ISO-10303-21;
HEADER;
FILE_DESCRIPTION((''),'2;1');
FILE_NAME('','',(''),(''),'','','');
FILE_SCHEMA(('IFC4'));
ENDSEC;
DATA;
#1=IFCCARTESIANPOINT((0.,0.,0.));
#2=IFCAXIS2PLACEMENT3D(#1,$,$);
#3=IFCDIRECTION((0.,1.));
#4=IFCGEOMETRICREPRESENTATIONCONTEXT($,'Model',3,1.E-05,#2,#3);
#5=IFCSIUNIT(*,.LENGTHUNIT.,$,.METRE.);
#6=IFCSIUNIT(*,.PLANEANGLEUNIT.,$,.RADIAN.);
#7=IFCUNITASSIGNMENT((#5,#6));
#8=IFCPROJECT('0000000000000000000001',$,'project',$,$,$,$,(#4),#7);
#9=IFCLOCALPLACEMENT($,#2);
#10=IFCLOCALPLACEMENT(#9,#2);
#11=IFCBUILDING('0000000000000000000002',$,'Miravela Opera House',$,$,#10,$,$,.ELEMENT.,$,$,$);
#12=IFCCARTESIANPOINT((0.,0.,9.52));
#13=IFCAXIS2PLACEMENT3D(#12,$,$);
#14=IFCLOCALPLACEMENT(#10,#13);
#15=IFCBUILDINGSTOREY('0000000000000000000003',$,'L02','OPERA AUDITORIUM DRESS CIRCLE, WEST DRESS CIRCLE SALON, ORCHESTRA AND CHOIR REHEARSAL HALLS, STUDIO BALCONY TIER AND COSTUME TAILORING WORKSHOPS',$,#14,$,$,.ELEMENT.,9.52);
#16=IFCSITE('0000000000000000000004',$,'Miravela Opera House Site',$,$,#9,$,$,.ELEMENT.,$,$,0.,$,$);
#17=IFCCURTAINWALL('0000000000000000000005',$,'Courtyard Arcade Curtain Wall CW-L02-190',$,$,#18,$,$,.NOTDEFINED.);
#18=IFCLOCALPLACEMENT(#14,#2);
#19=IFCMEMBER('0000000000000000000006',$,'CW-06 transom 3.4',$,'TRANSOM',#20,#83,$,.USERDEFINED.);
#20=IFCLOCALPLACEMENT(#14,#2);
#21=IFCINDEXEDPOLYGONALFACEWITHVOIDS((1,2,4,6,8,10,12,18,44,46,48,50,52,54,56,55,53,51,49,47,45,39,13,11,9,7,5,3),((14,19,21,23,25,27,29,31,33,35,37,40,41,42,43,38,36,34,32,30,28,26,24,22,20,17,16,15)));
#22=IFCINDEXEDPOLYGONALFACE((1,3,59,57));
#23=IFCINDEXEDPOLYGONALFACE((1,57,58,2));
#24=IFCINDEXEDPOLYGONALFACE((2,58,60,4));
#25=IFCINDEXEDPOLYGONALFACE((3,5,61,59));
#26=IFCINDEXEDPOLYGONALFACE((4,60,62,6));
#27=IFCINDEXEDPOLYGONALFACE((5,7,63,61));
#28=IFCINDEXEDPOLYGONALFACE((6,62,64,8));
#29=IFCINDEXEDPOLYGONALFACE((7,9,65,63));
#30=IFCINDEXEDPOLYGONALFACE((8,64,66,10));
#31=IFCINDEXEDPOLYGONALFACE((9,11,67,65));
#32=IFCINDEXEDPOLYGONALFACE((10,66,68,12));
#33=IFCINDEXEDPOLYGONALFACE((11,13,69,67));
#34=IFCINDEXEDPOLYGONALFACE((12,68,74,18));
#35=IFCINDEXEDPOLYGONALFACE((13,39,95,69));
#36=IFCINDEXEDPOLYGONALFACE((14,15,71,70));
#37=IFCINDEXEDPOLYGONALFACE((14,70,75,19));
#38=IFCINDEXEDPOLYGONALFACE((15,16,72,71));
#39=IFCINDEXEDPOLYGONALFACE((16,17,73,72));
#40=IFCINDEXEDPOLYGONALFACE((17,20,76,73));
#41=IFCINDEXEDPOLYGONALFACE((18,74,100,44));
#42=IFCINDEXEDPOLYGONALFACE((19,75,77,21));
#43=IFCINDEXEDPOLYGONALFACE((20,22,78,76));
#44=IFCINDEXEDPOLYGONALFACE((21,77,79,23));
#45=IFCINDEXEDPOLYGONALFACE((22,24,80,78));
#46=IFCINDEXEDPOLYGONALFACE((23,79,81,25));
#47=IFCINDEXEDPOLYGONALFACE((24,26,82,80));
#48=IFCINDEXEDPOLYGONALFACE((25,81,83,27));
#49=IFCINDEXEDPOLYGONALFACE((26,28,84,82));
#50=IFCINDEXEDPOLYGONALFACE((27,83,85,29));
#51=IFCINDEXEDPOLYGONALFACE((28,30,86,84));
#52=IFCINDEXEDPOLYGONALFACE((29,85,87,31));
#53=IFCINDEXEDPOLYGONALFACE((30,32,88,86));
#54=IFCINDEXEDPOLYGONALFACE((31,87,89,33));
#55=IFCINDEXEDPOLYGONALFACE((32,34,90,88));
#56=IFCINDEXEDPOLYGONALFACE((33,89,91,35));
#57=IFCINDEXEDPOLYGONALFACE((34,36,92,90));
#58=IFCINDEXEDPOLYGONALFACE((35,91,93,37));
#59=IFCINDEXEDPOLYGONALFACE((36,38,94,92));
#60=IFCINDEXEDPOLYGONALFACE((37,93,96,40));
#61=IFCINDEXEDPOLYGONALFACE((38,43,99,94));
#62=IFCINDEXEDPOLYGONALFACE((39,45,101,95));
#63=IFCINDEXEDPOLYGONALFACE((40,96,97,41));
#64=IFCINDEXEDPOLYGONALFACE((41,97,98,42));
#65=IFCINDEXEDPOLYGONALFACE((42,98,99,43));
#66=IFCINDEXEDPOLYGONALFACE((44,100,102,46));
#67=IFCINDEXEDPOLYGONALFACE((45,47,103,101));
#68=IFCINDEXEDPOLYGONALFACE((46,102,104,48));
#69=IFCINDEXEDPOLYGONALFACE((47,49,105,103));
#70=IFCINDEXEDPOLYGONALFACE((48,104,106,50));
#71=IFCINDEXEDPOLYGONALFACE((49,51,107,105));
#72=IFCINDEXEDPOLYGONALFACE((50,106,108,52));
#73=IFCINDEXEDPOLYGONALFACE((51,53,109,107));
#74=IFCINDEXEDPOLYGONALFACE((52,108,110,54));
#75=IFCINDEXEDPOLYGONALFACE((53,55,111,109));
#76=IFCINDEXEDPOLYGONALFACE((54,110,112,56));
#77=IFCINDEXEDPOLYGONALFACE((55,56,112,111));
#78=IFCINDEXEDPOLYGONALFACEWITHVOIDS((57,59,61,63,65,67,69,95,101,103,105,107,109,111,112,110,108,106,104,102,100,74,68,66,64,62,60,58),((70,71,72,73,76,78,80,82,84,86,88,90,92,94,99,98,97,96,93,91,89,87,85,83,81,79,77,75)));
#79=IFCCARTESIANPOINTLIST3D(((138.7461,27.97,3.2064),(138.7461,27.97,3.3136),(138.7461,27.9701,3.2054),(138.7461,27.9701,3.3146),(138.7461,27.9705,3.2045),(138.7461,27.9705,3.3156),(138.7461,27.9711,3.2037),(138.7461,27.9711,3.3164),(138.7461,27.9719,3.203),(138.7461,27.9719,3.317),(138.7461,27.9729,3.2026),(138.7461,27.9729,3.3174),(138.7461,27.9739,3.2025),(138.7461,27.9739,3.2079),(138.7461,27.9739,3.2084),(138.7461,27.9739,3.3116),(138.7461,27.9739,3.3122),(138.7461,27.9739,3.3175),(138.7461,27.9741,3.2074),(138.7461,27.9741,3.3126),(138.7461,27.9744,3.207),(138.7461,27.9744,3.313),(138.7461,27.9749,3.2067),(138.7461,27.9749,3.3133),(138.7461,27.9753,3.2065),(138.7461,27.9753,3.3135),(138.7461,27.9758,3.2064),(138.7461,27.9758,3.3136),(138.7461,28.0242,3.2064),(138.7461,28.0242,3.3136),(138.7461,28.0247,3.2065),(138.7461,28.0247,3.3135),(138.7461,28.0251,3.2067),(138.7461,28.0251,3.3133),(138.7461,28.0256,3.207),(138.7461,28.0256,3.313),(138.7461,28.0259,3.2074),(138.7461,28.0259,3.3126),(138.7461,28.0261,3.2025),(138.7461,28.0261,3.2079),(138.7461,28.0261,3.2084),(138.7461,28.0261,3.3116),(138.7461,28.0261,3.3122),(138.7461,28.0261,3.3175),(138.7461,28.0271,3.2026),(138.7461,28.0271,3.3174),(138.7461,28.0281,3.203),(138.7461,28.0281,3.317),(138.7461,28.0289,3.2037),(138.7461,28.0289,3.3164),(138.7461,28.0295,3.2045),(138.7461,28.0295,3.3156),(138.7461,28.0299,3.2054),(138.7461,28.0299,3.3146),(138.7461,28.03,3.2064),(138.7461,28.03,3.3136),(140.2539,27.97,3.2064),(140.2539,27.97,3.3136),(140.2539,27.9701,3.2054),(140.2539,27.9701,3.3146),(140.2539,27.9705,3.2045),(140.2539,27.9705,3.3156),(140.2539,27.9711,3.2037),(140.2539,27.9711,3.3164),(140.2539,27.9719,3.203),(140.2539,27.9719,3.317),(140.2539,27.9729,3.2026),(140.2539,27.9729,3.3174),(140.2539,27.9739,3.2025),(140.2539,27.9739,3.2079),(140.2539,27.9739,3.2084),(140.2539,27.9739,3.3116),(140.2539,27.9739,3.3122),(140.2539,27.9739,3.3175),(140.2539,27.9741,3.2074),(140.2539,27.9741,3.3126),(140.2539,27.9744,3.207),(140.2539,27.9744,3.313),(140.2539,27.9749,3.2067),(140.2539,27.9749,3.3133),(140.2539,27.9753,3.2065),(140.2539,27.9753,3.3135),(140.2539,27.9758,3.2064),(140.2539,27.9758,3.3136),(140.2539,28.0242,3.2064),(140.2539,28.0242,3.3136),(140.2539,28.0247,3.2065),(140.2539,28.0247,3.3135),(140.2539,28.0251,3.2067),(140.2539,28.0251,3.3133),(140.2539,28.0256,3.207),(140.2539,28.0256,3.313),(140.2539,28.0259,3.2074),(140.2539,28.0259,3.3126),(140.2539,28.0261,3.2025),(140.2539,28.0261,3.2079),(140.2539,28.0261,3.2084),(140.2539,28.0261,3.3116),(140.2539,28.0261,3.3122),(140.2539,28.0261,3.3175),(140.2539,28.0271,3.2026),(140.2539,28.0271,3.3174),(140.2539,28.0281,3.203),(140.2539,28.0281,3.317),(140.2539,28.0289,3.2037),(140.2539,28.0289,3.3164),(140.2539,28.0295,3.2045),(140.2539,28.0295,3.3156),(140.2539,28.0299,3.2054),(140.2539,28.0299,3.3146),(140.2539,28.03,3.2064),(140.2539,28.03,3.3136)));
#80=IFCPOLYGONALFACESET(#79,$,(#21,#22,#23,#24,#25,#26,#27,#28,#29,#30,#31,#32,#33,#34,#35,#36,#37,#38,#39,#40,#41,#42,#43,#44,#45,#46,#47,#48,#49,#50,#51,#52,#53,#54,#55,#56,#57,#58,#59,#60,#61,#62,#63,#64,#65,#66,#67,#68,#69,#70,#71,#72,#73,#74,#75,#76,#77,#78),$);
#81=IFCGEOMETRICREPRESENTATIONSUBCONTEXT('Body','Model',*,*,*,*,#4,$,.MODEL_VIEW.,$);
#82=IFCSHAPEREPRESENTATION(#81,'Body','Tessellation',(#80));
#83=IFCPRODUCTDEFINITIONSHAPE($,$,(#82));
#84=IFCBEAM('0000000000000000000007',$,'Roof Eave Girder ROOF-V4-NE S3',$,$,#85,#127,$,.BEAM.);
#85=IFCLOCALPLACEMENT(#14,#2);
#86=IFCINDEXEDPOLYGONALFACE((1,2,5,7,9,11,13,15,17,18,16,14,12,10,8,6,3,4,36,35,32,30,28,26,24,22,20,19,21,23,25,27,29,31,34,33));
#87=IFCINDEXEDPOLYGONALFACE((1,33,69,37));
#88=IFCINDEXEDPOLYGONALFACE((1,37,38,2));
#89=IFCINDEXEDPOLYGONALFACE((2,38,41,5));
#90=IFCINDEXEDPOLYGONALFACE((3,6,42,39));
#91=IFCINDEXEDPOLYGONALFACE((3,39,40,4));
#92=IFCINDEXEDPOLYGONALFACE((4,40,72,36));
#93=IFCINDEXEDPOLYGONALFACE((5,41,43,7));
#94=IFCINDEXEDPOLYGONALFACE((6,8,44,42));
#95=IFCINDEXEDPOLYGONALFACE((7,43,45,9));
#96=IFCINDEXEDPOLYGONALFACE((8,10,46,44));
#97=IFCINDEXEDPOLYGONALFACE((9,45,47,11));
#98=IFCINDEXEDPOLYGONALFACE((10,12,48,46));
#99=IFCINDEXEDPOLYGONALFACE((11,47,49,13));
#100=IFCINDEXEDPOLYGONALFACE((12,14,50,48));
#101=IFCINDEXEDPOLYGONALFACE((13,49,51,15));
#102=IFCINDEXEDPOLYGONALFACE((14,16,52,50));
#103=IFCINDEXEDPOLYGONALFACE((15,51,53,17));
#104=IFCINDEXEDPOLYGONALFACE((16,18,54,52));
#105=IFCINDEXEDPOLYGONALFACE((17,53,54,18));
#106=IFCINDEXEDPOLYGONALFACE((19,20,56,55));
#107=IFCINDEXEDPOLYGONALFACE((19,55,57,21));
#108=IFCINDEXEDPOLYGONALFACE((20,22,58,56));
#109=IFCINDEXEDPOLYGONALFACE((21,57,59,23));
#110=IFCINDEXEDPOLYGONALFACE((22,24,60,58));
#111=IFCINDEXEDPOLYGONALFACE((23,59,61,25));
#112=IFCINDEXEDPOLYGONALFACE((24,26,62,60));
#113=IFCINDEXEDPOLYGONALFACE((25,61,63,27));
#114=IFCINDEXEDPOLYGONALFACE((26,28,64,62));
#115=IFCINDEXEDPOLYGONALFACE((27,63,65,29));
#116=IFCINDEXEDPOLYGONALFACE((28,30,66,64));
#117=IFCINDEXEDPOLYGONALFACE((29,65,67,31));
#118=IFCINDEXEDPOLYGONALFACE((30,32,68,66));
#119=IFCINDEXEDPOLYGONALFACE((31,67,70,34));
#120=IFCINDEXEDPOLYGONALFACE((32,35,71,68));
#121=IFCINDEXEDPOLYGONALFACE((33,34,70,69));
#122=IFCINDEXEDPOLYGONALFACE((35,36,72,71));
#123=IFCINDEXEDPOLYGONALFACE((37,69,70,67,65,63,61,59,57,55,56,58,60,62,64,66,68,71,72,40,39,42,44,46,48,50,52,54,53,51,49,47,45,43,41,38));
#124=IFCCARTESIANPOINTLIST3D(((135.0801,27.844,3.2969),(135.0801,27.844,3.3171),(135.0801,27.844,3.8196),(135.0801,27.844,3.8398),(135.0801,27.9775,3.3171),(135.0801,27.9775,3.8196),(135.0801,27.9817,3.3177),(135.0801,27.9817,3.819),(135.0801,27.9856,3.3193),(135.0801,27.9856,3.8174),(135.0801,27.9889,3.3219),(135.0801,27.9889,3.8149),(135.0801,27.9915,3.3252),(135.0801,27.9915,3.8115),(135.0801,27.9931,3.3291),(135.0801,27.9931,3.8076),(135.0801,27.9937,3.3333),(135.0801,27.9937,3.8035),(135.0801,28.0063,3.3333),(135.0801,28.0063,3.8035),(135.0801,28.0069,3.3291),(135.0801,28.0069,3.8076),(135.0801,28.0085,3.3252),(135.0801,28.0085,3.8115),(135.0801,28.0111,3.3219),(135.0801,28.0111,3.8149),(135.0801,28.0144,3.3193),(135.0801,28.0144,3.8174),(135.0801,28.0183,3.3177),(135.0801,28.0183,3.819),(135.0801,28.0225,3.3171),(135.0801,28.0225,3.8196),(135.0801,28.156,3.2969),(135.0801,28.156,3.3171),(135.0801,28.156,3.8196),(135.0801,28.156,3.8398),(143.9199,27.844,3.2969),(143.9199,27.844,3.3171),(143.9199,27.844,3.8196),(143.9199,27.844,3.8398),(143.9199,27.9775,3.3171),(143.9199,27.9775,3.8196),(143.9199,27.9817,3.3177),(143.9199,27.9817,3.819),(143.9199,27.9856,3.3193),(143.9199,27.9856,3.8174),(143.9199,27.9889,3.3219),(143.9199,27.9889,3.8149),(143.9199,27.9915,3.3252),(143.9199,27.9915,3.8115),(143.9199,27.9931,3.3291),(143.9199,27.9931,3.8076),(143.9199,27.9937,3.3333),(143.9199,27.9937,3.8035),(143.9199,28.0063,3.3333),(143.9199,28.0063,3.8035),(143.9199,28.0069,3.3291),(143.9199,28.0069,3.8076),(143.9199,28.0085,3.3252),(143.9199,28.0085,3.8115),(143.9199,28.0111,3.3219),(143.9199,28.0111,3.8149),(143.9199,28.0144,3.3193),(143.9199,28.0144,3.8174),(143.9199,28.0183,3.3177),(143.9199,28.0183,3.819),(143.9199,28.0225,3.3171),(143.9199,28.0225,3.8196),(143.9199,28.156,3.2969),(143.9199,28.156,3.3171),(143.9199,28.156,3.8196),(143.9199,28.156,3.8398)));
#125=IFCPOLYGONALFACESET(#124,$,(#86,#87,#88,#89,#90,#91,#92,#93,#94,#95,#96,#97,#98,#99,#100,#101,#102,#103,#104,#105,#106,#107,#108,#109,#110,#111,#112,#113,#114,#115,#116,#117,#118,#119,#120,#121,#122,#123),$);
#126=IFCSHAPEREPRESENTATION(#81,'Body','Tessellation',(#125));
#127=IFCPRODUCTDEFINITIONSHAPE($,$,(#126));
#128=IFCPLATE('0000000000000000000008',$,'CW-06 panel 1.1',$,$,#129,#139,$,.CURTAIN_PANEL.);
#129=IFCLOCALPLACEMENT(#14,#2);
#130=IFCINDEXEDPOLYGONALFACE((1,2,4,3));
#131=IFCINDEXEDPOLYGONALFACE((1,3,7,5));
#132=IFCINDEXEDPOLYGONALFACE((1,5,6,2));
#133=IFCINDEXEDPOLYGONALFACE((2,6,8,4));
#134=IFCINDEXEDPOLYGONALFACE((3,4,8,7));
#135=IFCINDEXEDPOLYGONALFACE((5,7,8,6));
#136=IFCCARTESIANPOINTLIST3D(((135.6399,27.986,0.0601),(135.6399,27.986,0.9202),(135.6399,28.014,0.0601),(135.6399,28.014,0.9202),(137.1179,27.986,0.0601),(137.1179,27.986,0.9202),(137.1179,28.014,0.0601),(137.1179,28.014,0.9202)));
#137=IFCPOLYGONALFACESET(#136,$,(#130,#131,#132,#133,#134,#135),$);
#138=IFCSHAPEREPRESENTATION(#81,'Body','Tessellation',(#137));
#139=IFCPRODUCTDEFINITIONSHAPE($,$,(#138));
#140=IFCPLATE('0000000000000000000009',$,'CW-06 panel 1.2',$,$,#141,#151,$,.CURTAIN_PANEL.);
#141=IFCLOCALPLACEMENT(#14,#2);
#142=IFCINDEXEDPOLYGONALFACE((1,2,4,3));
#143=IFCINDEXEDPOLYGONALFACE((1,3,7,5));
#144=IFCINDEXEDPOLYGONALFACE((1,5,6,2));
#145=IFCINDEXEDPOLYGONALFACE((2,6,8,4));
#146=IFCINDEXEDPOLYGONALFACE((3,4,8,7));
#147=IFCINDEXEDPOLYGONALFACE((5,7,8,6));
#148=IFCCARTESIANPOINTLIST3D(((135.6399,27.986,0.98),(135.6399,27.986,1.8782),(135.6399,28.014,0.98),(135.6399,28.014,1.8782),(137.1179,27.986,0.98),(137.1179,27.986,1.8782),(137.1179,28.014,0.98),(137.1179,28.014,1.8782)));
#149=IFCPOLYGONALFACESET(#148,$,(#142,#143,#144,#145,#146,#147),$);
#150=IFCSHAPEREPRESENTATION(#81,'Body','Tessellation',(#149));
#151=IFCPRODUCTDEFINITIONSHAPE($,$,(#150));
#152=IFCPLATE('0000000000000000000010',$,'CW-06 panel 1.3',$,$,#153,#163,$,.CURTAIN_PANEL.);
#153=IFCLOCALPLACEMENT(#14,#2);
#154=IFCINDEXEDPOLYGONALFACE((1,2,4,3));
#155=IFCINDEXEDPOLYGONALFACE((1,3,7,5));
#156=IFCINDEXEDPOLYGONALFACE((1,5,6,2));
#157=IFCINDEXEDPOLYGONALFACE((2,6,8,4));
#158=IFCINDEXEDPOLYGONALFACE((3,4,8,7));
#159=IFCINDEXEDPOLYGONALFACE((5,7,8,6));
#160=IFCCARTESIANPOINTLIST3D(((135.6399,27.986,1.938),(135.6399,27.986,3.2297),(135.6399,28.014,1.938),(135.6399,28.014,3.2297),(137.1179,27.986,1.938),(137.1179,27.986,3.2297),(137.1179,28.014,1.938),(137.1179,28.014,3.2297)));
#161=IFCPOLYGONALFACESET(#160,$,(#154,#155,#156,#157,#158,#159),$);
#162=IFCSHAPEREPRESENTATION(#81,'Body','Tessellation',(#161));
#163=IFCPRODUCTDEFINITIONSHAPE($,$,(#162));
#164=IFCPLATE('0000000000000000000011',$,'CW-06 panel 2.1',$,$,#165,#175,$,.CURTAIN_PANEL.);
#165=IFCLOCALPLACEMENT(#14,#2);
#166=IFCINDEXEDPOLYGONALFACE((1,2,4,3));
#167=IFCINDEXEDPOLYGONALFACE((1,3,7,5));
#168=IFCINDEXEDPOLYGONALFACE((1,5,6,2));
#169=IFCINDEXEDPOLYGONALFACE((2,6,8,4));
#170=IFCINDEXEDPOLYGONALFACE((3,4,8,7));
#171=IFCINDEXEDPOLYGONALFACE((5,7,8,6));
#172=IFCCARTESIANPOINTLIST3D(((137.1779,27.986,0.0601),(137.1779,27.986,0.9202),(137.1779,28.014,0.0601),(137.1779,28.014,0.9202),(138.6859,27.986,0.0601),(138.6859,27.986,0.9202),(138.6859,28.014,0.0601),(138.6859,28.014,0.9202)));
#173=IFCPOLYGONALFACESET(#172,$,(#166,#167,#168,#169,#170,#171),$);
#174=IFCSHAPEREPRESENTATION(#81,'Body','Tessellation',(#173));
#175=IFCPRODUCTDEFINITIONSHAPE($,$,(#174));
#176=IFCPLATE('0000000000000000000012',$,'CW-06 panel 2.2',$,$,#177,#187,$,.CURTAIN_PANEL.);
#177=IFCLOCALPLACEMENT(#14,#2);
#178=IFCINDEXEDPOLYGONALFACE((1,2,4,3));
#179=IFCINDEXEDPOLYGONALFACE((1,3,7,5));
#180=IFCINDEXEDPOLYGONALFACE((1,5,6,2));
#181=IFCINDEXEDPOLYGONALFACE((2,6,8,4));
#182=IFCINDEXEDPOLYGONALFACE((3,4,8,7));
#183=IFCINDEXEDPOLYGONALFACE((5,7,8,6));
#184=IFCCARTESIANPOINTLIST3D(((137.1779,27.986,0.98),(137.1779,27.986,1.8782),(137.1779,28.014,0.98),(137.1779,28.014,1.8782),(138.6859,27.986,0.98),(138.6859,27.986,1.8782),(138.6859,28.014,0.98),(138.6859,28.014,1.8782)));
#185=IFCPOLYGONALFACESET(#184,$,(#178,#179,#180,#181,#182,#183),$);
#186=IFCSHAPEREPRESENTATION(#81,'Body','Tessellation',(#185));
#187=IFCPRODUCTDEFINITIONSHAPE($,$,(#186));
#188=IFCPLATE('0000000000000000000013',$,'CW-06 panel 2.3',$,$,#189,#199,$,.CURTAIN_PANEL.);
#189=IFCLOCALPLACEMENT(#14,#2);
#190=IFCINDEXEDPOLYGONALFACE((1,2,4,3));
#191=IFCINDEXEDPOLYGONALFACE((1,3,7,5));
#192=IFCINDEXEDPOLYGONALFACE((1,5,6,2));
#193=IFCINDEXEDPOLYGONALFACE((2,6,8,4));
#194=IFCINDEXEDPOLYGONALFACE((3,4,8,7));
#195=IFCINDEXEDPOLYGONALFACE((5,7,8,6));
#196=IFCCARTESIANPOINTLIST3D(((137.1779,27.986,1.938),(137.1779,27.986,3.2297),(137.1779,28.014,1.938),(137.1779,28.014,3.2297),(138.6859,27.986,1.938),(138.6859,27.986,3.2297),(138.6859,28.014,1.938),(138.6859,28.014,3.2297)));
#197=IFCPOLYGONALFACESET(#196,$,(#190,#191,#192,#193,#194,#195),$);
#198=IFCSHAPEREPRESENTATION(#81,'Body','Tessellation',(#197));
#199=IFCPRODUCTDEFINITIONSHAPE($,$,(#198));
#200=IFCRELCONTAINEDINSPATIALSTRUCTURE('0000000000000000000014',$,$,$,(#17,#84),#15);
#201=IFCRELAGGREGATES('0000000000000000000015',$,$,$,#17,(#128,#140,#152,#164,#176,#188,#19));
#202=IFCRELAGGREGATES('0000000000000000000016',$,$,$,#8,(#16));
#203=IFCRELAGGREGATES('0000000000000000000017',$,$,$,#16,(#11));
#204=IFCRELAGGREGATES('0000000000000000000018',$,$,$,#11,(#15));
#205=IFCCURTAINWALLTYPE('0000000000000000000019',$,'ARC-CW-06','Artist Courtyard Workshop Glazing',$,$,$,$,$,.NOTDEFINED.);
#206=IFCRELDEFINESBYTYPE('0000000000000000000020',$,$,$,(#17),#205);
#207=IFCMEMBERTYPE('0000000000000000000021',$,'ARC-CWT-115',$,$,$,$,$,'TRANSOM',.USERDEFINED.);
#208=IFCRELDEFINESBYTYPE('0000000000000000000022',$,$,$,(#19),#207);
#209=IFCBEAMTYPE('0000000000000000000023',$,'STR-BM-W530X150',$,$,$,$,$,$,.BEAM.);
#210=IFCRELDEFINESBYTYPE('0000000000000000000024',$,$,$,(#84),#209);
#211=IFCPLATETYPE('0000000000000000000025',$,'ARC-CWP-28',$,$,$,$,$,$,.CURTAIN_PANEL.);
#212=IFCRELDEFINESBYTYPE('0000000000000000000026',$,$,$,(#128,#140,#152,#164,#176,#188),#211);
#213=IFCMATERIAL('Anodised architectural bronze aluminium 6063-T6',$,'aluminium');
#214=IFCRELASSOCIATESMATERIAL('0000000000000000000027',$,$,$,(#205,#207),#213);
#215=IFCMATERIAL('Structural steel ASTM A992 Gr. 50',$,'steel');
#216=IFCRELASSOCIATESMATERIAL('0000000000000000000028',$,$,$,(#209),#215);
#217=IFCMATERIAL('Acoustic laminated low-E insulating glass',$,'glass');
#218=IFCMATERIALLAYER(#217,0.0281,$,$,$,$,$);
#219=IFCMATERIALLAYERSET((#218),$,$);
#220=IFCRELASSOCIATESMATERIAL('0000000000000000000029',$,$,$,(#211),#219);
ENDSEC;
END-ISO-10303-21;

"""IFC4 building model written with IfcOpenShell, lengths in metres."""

from ifc_helpers import new_model, si_unit, direction, frame, origin, origin_2d, place, context, subcontext, project, spatial, rectangle, hollow_rectangle, i_section, extrude, material, layer, layer_set, material_profile, profile_set, type_object, element, aggregate, save


model = new_model("IFC4")

# Units and contexts
model_context = context("Model", 3, precision=1e-05, world=origin(), true_north=direction((0.0, 1.0)))
body_context = subcontext(model_context, "Body", "Model", "MODEL_VIEW")
ifc_project = project(units=[si_unit("LENGTHUNIT", "METRE"), si_unit("PLANEANGLEUNIT", "RADIAN")], contexts=[model_context])

# Site, building, storey
site_placement = place(None, origin())
site = spatial("IfcSite", under=ifc_project, at=site_placement, Name="Miravela Opera House Site", CompositionType="ELEMENT", RefElevation=0.0)
building_placement = place(site_placement, origin())
building = spatial("IfcBuilding", under=site, at=building_placement, Name="Miravela Opera House", CompositionType="ELEMENT")
storey_placement = place(building_placement, frame((0.0, 0.0, 9.52)))
storey = spatial("IfcBuildingStorey", under=building, at=storey_placement, Name="L02", Description="OPERA AUDITORIUM DRESS CIRCLE, WEST DRESS CIRCLE SALON, ORCHESTRA AND CHOIR REHEARSAL HALLS, STUDIO BALCONY TIER AND COSTUME TAILORING WORKSHOPS", CompositionType="ELEMENT", Elevation=9.52)

# Curtain wall, member
ifc_material_1 = material(Name="Anodised architectural bronze aluminium 6063-T6", Category="aluminium")
curtain_wall_type = type_object("IfcCurtainWallType", Name="ARC-CW-06", Description="Artist Courtyard Workshop Glazing", PredefinedType="NOTDEFINED", material=ifc_material_1)
curtain_wall_placement = place(storey_placement, origin())
curtain_wall = element("IfcCurtainWall", 1, at=curtain_wall_placement, inside=storey, type_object=curtain_wall_type, Name="Courtyard Arcade Curtain Wall CW-L02-190", PredefinedType="NOTDEFINED")
ifc_material_profile_1 = material_profile(ifc_material_1, hollow_rectangle(XDim=0.0601, YDim=0.115, WallThickness=0.0039, InnerFilletRadius=0.002, OuterFilletRadius=0.0039, at=origin_2d()), Name="CWT-60X115")
ifc_profile_set_1 = profile_set([ifc_material_profile_1])
member_type_1 = type_object("IfcMemberType", Name="ARC-CWT-115", ElementType="TRANSOM", PredefinedType="USERDEFINED", material=ifc_profile_set_1)
member_1_placement = place(storey_placement, frame((138.7461, 28.0, 3.26), z_axis=(1.0, 0.0, 0.0), x_axis=(0.0, 1.0, 0.0)))
member_1 = element("IfcMember", 2, at=member_1_placement, type_object=member_type_1, Name="CW-06 transom 3.4", ObjectType="TRANSOM", PredefinedType="USERDEFINED", context=body_context, shape_type="SweptSolid", body=[
    extrude(hollow_rectangle(XDim=0.0601, YDim=0.115, WallThickness=0.0039, InnerFilletRadius=0.002, OuterFilletRadius=0.0039, at=origin_2d()), origin(), (0.0, 0.0, 1.0), 1.5078),
])

# Beam
ifc_material_2 = material(Name="Structural steel ASTM A992 Gr. 50", Category="steel")
ifc_material_profile_2 = material_profile(ifc_material_2, i_section(OverallWidth=0.312, OverallDepth=0.543, WebThickness=0.0127, FlangeThickness=0.0203, FilletRadius=0.0161, at=origin_2d()), Name="W530X150")
ifc_profile_set_2 = profile_set([ifc_material_profile_2])
beam_type = type_object("IfcBeamType", Name="STR-BM-W530X150", PredefinedType="BEAM", material=ifc_profile_set_2)
beam_placement = place(storey_placement, frame((135.0801, 28.0, 3.5684), z_axis=(1.0, 0.0, 0.0), x_axis=(0.0, 1.0, 0.0)))
element("IfcBeam", 3, at=beam_placement, inside=storey, type_object=beam_type, Name="Roof Eave Girder ROOF-V4-NE S3", PredefinedType="BEAM", context=body_context, shape_type="SweptSolid", body=[
    extrude(i_section(OverallWidth=0.312, OverallDepth=0.543, WebThickness=0.0127, FlangeThickness=0.0203, FilletRadius=0.0161, at=origin_2d()), origin(), (0.0, 0.0, 1.0), 8.8398),
])

# Plates
ifc_material_3 = material(Name="Acoustic laminated low-E insulating glass", Category="glass")
ifc_layer = layer(ifc_material_3, 0.0281)
ifc_layer_set = layer_set([ifc_layer])
plate_type = type_object("IfcPlateType", Name="ARC-CWP-28", PredefinedType="CURTAIN_PANEL", material=ifc_layer_set)
plate_1_placement = place(storey_placement, frame((136.3789, 28.0, 0.0601), z_axis=(0.0, 0.0, 1.0), x_axis=(1.0, 0.0, 0.0)))
plate_1 = element("IfcPlate", 4, at=plate_1_placement, type_object=plate_type, Name="CW-06 panel 1.1", PredefinedType="CURTAIN_PANEL", context=body_context, shape_type="SweptSolid", body=[
    extrude(rectangle(XDim=1.478, YDim=0.0281, at=origin_2d()), origin(), (0.0, 0.0, 1.0), 0.8601),
])
plate_2_placement = place(storey_placement, frame((136.3789, 28.0, 0.98), z_axis=(0.0, 0.0, 1.0), x_axis=(1.0, 0.0, 0.0)))
plate_2 = element("IfcPlate", 5, at=plate_2_placement, type_object=plate_type, Name="CW-06 panel 1.2", PredefinedType="CURTAIN_PANEL", context=body_context, shape_type="SweptSolid", body=[
    extrude(rectangle(XDim=1.478, YDim=0.0281, at=origin_2d()), origin(), (0.0, 0.0, 1.0), 0.8982),
])
plate_3_placement = place(storey_placement, frame((136.3789, 28.0, 1.938), z_axis=(0.0, 0.0, 1.0), x_axis=(1.0, 0.0, 0.0)))
plate_3 = element("IfcPlate", 6, at=plate_3_placement, type_object=plate_type, Name="CW-06 panel 1.3", PredefinedType="CURTAIN_PANEL", context=body_context, shape_type="SweptSolid", body=[
    extrude(rectangle(XDim=1.478, YDim=0.0281, at=origin_2d()), origin(), (0.0, 0.0, 1.0), 1.2917),
])
plate_4_placement = place(storey_placement, frame((137.9319, 28.0, 0.0601), z_axis=(0.0, 0.0, 1.0), x_axis=(1.0, 0.0, 0.0)))
plate_4 = element("IfcPlate", 7, at=plate_4_placement, type_object=plate_type, Name="CW-06 panel 2.1", PredefinedType="CURTAIN_PANEL", context=body_context, shape_type="SweptSolid", body=[
    extrude(rectangle(XDim=1.5081, YDim=0.0281, at=origin_2d()), origin(), (0.0, 0.0, 1.0), 0.8601),
])
plate_5_placement = place(storey_placement, frame((137.9319, 28.0, 0.98), z_axis=(0.0, 0.0, 1.0), x_axis=(1.0, 0.0, 0.0)))
plate_5 = element("IfcPlate", 8, at=plate_5_placement, type_object=plate_type, Name="CW-06 panel 2.2", PredefinedType="CURTAIN_PANEL", context=body_context, shape_type="SweptSolid", body=[
    extrude(rectangle(XDim=1.5081, YDim=0.0281, at=origin_2d()), origin(), (0.0, 0.0, 1.0), 0.8982),
])
plate_6_placement = place(storey_placement, frame((137.9319, 28.0, 1.938), z_axis=(0.0, 0.0, 1.0), x_axis=(1.0, 0.0, 0.0)))
plate_6 = element("IfcPlate", 9, at=plate_6_placement, type_object=plate_type, Name="CW-06 panel 2.3", PredefinedType="CURTAIN_PANEL", context=body_context, shape_type="SweptSolid", body=[
    extrude(rectangle(XDim=1.5081, YDim=0.0281, at=origin_2d()), origin(), (0.0, 0.0, 1.0), 1.2917),
])
aggregate(curtain_wall, [plate_1, plate_2, plate_3, plate_4, plate_5, plate_6, member_1])

save(model, "model.ifc")
